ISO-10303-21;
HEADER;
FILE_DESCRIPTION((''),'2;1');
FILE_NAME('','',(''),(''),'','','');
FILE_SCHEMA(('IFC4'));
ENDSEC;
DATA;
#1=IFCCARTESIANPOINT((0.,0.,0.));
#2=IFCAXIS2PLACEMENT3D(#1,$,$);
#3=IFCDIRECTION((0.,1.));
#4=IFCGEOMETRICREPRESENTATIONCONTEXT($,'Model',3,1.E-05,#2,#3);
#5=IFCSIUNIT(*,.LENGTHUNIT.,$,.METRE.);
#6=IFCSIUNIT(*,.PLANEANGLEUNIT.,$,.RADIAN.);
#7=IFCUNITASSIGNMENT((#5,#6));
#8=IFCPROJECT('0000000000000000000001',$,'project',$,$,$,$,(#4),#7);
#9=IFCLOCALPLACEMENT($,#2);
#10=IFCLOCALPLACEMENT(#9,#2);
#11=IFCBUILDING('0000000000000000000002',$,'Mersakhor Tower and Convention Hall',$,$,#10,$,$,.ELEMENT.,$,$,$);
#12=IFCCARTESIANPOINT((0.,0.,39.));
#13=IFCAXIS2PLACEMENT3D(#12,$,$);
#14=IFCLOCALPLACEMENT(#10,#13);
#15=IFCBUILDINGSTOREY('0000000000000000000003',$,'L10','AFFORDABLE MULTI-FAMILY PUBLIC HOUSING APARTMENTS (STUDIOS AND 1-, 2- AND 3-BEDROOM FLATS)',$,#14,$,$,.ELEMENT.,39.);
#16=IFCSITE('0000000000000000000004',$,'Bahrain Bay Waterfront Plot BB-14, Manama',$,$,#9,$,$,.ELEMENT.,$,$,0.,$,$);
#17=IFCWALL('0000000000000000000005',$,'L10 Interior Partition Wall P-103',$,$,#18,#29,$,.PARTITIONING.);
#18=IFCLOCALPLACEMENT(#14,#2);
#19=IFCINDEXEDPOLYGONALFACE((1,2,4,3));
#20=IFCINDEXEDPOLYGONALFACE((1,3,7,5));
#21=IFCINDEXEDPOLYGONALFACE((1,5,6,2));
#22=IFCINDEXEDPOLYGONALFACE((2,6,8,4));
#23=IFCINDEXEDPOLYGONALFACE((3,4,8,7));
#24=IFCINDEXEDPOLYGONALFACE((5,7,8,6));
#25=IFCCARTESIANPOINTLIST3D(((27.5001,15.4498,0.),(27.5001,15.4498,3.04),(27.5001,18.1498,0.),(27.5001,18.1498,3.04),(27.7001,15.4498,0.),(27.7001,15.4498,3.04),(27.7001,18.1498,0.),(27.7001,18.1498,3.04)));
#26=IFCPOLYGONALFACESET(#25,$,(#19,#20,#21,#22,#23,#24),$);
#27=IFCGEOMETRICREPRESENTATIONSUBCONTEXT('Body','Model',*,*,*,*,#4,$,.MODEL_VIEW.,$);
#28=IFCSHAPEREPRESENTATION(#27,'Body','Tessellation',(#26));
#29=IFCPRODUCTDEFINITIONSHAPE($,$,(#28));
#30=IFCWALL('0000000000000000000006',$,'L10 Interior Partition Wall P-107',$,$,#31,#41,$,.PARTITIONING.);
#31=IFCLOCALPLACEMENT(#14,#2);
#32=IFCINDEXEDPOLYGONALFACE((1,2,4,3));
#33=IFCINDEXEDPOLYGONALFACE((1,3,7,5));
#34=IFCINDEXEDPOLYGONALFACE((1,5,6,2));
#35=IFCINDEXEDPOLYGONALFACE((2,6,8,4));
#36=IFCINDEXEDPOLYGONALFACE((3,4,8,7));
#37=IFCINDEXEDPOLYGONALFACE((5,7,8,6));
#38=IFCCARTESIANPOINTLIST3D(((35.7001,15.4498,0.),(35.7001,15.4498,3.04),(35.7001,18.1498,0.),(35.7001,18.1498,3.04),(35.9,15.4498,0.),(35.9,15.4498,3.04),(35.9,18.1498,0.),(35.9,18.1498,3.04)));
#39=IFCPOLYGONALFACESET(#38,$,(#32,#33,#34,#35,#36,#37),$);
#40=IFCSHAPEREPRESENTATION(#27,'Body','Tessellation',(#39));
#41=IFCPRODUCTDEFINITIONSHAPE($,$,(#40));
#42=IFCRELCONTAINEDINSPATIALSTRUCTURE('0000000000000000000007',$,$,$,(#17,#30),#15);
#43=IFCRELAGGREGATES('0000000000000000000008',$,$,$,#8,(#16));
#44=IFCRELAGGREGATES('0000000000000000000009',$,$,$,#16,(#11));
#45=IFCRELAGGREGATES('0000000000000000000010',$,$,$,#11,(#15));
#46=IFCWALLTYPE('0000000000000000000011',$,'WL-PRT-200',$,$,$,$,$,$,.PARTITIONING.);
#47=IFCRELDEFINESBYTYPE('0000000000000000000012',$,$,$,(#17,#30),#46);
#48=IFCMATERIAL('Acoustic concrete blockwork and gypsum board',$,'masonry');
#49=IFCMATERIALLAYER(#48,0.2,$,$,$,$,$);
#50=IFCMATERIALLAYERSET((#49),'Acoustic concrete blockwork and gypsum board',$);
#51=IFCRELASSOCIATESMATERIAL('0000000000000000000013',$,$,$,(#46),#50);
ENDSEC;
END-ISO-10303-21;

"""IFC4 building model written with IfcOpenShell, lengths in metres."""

from ifc_helpers import new_model, si_unit, direction, frame, frame_2d, origin, place, context, subcontext, project, spatial, rectangle, extrude, material, layer, layer_set, type_object, element, save


model = new_model("IFC4")

# Units and contexts
model_context = context("Model", 3, precision=1e-05, world=origin(), true_north=direction((0.0, 1.0)))
body_context = subcontext(model_context, "Body", "Model", "MODEL_VIEW")
ifc_project = project(units=[si_unit("LENGTHUNIT", "METRE"), si_unit("PLANEANGLEUNIT", "RADIAN")], contexts=[model_context])

# Site, building, storey
site_placement = place(None, origin())
site = spatial("IfcSite", under=ifc_project, at=site_placement, Name="Bahrain Bay Waterfront Plot BB-14, Manama", CompositionType="ELEMENT", RefElevation=0.0)
building_placement = place(site_placement, origin())
building = spatial("IfcBuilding", under=site, at=building_placement, Name="Mersakhor Tower and Convention Hall", CompositionType="ELEMENT")
storey_placement = place(building_placement, frame((0.0, 0.0, 39.0)))
storey = spatial("IfcBuildingStorey", under=building, at=storey_placement, Name="L10", Description="AFFORDABLE MULTI-FAMILY PUBLIC HOUSING APARTMENTS (STUDIOS AND 1-, 2- AND 3-BEDROOM FLATS)", CompositionType="ELEMENT", Elevation=39.0)

# Shared definitions
ifc_material_1 = material(Name="Acoustic concrete blockwork and gypsum board", Category="masonry")
ifc_layer_1 = layer(ifc_material_1, 0.2)
ifc_layer_set_1 = layer_set([ifc_layer_1], Name="Acoustic concrete blockwork and gypsum board")
wall_type_1 = type_object("IfcWallType", Name="WL-PRT-200", PredefinedType="PARTITIONING", material=ifc_layer_set_1)

# Walls
for number, where, z_axis, x_axis, name in (
    (1, (27.6001, 18.1499, 0.0), (0.0, 0.0, 1.0), (0.0, -1.0, 0.0), "L10 Interior Partition Wall P-103"),
    (2, (35.8, 18.1499, 0.0), (0.0, 0.0, 1.0), (0.0, -1.0, 0.0), "L10 Interior Partition Wall P-107"),
):
    element("IfcWall", number, at=place(storey_placement, frame(where, z_axis=z_axis, x_axis=x_axis)), inside=storey, type_object=wall_type_1, Name=name, PredefinedType="PARTITIONING", context=body_context, shape_type="SweptSolid", body=[
        extrude(rectangle(XDim=2.7, YDim=0.2, at=frame_2d((1.3501, 0.0))), origin(), (0.0, 0.0, 1.0), 3.04),
    ])

save(model, "model.ifc")
